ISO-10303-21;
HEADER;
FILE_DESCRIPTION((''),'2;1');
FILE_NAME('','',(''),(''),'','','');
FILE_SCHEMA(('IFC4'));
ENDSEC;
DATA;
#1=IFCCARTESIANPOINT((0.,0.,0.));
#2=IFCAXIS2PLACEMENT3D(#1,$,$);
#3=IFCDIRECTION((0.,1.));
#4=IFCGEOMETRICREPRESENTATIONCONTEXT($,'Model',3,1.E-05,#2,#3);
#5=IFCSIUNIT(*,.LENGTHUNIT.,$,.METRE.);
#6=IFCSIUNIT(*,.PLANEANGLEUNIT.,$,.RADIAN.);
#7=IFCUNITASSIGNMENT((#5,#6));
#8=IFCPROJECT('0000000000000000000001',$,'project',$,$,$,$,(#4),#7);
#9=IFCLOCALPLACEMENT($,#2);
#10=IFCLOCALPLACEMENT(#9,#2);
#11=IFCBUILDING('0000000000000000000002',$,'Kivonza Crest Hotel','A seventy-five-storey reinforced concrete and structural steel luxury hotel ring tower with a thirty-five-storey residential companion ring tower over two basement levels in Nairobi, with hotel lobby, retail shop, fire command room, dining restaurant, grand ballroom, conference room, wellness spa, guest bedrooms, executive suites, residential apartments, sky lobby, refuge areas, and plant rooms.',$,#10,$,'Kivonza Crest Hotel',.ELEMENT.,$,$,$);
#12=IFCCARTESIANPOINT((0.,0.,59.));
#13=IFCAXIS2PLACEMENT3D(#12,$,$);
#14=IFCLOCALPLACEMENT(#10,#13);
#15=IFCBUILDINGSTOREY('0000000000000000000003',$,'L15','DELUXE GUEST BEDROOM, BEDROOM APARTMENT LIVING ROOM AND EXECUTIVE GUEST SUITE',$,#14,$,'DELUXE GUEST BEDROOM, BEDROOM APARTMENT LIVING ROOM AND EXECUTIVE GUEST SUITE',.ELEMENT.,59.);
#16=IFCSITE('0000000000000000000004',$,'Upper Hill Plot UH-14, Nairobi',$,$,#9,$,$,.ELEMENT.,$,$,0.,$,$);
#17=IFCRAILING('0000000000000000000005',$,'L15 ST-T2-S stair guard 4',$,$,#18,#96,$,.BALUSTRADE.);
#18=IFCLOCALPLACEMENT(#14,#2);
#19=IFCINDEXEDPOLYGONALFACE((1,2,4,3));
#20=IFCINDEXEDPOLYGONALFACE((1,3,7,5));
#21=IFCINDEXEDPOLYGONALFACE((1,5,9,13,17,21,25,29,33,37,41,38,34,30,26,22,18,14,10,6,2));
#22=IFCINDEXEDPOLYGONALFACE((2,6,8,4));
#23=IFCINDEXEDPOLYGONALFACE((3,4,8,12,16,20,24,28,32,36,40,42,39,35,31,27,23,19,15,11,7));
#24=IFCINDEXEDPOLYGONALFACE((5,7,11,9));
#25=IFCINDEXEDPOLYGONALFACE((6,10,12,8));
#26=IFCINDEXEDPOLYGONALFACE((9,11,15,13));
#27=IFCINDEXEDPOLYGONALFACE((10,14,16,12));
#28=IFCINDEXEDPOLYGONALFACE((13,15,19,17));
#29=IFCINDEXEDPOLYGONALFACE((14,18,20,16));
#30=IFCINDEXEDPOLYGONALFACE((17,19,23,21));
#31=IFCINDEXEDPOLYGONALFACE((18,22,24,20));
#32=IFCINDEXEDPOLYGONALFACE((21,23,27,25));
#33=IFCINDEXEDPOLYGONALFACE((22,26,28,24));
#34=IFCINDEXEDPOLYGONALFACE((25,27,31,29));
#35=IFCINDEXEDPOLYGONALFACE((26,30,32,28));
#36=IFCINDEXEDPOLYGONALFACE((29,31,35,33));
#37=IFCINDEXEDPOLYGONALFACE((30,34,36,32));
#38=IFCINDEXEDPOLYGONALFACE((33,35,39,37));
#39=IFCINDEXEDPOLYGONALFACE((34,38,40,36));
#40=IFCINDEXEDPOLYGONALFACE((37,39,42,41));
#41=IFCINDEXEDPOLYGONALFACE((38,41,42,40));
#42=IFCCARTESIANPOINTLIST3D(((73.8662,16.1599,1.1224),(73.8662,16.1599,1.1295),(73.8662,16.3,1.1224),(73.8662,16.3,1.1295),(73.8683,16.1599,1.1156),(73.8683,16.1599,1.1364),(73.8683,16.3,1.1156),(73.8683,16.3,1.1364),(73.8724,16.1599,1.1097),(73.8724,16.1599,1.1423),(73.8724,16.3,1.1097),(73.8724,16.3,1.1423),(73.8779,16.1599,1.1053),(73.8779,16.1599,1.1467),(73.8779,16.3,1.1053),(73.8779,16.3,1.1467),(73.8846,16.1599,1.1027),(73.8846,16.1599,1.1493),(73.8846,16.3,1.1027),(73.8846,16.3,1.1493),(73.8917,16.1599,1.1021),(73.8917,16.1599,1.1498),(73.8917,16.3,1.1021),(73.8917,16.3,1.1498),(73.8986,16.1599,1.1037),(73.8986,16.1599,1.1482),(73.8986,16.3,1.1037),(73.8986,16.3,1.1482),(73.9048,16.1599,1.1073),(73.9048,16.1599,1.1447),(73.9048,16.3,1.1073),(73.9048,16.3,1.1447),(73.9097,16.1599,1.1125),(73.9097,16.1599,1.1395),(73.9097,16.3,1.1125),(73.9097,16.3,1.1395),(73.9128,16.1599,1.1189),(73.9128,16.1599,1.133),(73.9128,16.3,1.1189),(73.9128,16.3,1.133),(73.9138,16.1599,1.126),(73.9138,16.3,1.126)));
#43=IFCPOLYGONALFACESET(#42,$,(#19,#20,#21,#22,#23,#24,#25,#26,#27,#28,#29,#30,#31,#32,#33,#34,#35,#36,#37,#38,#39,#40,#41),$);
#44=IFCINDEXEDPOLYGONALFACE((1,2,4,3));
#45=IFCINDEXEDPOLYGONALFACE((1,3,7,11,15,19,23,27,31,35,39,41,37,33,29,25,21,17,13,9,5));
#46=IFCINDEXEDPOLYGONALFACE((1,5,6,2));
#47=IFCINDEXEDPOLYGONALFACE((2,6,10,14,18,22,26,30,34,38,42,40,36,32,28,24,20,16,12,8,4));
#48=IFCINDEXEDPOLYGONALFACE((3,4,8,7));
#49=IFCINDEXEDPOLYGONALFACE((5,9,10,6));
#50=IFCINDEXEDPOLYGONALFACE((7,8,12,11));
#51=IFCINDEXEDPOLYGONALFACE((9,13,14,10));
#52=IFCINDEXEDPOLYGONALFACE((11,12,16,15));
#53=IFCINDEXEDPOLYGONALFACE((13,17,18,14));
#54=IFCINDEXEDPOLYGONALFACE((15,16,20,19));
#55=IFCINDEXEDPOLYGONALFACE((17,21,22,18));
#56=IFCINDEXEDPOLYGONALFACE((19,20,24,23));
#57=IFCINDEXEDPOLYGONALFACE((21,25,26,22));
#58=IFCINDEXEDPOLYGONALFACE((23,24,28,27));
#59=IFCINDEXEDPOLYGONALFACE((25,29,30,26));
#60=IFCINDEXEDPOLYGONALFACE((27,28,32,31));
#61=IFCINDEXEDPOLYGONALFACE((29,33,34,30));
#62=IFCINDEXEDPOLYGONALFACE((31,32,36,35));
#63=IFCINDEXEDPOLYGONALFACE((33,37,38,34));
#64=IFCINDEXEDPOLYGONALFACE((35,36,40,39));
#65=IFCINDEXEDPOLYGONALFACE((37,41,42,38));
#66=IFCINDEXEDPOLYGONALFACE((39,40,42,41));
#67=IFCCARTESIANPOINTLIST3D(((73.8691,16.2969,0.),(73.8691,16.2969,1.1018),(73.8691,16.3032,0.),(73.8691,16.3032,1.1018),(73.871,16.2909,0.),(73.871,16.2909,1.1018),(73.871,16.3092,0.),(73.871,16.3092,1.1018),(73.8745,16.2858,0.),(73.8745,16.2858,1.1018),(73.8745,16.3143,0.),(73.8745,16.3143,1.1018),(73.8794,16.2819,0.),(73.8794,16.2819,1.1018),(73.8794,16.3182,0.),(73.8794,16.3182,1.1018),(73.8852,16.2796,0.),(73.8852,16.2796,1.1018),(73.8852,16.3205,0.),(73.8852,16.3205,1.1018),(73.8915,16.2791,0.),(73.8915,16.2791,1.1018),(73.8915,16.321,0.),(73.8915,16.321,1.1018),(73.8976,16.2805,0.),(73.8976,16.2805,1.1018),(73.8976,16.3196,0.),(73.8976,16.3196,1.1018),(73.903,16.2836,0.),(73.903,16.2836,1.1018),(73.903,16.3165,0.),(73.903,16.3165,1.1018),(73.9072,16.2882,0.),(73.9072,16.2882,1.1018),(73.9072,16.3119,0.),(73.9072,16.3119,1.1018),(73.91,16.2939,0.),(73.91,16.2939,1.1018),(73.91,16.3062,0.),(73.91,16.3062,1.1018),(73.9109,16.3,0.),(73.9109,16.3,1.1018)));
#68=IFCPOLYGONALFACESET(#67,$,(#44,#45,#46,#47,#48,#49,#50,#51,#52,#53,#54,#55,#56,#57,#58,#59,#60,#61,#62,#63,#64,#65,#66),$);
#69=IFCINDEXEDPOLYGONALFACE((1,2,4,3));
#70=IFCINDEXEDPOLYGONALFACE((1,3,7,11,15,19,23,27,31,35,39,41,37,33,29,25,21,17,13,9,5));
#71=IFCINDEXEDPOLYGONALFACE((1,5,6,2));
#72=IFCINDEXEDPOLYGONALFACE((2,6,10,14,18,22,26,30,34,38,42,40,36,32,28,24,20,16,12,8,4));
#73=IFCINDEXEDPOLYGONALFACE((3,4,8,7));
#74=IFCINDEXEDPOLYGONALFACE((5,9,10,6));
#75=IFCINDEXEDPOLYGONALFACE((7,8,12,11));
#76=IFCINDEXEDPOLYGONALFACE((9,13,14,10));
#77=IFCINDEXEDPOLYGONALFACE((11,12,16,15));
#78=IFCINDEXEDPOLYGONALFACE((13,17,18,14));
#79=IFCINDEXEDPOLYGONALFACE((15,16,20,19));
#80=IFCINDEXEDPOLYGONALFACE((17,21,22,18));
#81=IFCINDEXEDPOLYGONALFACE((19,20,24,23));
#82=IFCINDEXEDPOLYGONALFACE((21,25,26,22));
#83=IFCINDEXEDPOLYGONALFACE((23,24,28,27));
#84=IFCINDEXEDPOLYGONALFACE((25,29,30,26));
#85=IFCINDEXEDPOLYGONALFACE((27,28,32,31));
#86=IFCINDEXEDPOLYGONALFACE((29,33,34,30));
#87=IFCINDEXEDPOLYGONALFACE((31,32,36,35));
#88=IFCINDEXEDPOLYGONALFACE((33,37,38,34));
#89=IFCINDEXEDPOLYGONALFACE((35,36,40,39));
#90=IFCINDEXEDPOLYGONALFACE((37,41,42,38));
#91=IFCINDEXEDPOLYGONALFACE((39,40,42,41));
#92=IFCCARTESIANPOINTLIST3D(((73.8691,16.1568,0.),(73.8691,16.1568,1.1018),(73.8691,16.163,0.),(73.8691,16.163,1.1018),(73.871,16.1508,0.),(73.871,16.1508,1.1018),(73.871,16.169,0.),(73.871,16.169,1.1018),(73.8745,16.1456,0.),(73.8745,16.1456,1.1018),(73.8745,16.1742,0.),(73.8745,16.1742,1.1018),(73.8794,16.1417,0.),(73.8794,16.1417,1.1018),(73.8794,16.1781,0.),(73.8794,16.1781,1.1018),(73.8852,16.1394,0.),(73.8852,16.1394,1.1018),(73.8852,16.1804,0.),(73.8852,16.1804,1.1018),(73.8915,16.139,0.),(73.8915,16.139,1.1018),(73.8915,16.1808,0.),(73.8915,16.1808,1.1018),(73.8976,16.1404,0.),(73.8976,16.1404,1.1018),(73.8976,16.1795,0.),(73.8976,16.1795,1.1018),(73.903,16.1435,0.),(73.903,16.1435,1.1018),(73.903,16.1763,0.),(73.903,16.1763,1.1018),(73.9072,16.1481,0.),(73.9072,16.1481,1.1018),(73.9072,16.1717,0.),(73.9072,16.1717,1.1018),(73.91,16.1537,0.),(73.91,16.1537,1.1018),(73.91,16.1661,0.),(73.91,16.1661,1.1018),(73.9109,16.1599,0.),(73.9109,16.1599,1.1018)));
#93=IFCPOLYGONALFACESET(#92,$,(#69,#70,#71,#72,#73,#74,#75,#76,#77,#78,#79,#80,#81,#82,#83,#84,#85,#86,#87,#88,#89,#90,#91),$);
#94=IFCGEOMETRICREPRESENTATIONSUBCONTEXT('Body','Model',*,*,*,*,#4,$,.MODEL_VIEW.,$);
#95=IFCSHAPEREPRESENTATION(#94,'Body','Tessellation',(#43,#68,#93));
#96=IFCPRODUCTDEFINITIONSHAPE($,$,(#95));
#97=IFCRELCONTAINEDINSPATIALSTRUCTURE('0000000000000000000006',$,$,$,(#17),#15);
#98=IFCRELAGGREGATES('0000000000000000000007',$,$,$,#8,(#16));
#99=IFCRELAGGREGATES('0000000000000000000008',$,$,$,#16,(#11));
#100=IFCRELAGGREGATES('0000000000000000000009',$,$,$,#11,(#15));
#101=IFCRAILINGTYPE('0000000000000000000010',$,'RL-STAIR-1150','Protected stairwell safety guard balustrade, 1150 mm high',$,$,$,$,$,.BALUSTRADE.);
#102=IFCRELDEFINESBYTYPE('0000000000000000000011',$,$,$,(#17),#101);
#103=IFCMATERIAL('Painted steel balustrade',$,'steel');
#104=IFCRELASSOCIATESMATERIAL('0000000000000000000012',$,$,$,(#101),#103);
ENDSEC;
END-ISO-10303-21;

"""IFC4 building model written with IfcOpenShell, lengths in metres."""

from ifc_helpers import new_model, si_unit, direction, frame, origin, origin_2d, place, context, subcontext, project, spatial, circle, extrude, material, type_object, element, save


model = new_model("IFC4")

# Units and contexts
model_context = context("Model", 3, precision=1e-05, world=origin(), true_north=direction((0.0, 1.0)))
body_context = subcontext(model_context, "Body", "Model", "MODEL_VIEW")
ifc_project = project(units=[si_unit("LENGTHUNIT", "METRE"), si_unit("PLANEANGLEUNIT", "RADIAN")], contexts=[model_context])

# Site, building, storey
site_placement = place(None, origin())
site = spatial("IfcSite", under=ifc_project, at=site_placement, Name="Upper Hill Plot UH-14, Nairobi", CompositionType="ELEMENT", RefElevation=0.0)
building_placement = place(site_placement, origin())
building = spatial("IfcBuilding", under=site, at=building_placement, Name="Kivonza Crest Hotel", Description="A seventy-five-storey reinforced concrete and structural steel luxury hotel ring tower with a thirty-five-storey residential companion ring tower over two basement levels in Nairobi, with hotel lobby, retail shop, fire command room, dining restaurant, grand ballroom, conference room, wellness spa, guest bedrooms, executive suites, residential apartments, sky lobby, refuge areas, and plant rooms.", LongName="Kivonza Crest Hotel", CompositionType="ELEMENT")
storey_placement = place(building_placement, frame((0.0, 0.0, 59.0)))
storey = spatial("IfcBuildingStorey", under=building, at=storey_placement, Name="L15", Description="DELUXE GUEST BEDROOM, BEDROOM APARTMENT LIVING ROOM AND EXECUTIVE GUEST SUITE", LongName="DELUXE GUEST BEDROOM, BEDROOM APARTMENT LIVING ROOM AND EXECUTIVE GUEST SUITE", CompositionType="ELEMENT", Elevation=59.0)

# Railing
ifc_material_1 = material(Name="Painted steel balustrade", Category="steel")
railing_type_1 = type_object("IfcRailingType", Name="RL-STAIR-1150", Description="Protected stairwell safety guard balustrade, 1150 mm high", PredefinedType="BALUSTRADE", material=ifc_material_1)
railing_1_placement = place(storey_placement, frame((73.8899, 16.3, 0.0)))
element("IfcRailing", 1, at=railing_1_placement, inside=storey, type_object=railing_type_1, Name="L15 ST-T2-S stair guard 4", PredefinedType="BALUSTRADE", context=body_context, shape_type="SweptSolid", body=[
    extrude(circle(Radius=0.0239, at=origin_2d()), frame((0.0, 0.0, 1.126), z_axis=(0.0, -1.0, 0.0), x_axis=(1.0, 0.0, 0.0)), (0.0, 0.0, 1.0), 0.1401),
    extrude(circle(Radius=0.021, at=origin_2d()), origin(), (0.0, 0.0, 1.0), 1.1018),
    extrude(circle(Radius=0.021, at=origin_2d()), frame((0.0, -0.1401, 0.0)), (0.0, 0.0, 1.0), 1.1018),
])

save(model, "model.ifc")
